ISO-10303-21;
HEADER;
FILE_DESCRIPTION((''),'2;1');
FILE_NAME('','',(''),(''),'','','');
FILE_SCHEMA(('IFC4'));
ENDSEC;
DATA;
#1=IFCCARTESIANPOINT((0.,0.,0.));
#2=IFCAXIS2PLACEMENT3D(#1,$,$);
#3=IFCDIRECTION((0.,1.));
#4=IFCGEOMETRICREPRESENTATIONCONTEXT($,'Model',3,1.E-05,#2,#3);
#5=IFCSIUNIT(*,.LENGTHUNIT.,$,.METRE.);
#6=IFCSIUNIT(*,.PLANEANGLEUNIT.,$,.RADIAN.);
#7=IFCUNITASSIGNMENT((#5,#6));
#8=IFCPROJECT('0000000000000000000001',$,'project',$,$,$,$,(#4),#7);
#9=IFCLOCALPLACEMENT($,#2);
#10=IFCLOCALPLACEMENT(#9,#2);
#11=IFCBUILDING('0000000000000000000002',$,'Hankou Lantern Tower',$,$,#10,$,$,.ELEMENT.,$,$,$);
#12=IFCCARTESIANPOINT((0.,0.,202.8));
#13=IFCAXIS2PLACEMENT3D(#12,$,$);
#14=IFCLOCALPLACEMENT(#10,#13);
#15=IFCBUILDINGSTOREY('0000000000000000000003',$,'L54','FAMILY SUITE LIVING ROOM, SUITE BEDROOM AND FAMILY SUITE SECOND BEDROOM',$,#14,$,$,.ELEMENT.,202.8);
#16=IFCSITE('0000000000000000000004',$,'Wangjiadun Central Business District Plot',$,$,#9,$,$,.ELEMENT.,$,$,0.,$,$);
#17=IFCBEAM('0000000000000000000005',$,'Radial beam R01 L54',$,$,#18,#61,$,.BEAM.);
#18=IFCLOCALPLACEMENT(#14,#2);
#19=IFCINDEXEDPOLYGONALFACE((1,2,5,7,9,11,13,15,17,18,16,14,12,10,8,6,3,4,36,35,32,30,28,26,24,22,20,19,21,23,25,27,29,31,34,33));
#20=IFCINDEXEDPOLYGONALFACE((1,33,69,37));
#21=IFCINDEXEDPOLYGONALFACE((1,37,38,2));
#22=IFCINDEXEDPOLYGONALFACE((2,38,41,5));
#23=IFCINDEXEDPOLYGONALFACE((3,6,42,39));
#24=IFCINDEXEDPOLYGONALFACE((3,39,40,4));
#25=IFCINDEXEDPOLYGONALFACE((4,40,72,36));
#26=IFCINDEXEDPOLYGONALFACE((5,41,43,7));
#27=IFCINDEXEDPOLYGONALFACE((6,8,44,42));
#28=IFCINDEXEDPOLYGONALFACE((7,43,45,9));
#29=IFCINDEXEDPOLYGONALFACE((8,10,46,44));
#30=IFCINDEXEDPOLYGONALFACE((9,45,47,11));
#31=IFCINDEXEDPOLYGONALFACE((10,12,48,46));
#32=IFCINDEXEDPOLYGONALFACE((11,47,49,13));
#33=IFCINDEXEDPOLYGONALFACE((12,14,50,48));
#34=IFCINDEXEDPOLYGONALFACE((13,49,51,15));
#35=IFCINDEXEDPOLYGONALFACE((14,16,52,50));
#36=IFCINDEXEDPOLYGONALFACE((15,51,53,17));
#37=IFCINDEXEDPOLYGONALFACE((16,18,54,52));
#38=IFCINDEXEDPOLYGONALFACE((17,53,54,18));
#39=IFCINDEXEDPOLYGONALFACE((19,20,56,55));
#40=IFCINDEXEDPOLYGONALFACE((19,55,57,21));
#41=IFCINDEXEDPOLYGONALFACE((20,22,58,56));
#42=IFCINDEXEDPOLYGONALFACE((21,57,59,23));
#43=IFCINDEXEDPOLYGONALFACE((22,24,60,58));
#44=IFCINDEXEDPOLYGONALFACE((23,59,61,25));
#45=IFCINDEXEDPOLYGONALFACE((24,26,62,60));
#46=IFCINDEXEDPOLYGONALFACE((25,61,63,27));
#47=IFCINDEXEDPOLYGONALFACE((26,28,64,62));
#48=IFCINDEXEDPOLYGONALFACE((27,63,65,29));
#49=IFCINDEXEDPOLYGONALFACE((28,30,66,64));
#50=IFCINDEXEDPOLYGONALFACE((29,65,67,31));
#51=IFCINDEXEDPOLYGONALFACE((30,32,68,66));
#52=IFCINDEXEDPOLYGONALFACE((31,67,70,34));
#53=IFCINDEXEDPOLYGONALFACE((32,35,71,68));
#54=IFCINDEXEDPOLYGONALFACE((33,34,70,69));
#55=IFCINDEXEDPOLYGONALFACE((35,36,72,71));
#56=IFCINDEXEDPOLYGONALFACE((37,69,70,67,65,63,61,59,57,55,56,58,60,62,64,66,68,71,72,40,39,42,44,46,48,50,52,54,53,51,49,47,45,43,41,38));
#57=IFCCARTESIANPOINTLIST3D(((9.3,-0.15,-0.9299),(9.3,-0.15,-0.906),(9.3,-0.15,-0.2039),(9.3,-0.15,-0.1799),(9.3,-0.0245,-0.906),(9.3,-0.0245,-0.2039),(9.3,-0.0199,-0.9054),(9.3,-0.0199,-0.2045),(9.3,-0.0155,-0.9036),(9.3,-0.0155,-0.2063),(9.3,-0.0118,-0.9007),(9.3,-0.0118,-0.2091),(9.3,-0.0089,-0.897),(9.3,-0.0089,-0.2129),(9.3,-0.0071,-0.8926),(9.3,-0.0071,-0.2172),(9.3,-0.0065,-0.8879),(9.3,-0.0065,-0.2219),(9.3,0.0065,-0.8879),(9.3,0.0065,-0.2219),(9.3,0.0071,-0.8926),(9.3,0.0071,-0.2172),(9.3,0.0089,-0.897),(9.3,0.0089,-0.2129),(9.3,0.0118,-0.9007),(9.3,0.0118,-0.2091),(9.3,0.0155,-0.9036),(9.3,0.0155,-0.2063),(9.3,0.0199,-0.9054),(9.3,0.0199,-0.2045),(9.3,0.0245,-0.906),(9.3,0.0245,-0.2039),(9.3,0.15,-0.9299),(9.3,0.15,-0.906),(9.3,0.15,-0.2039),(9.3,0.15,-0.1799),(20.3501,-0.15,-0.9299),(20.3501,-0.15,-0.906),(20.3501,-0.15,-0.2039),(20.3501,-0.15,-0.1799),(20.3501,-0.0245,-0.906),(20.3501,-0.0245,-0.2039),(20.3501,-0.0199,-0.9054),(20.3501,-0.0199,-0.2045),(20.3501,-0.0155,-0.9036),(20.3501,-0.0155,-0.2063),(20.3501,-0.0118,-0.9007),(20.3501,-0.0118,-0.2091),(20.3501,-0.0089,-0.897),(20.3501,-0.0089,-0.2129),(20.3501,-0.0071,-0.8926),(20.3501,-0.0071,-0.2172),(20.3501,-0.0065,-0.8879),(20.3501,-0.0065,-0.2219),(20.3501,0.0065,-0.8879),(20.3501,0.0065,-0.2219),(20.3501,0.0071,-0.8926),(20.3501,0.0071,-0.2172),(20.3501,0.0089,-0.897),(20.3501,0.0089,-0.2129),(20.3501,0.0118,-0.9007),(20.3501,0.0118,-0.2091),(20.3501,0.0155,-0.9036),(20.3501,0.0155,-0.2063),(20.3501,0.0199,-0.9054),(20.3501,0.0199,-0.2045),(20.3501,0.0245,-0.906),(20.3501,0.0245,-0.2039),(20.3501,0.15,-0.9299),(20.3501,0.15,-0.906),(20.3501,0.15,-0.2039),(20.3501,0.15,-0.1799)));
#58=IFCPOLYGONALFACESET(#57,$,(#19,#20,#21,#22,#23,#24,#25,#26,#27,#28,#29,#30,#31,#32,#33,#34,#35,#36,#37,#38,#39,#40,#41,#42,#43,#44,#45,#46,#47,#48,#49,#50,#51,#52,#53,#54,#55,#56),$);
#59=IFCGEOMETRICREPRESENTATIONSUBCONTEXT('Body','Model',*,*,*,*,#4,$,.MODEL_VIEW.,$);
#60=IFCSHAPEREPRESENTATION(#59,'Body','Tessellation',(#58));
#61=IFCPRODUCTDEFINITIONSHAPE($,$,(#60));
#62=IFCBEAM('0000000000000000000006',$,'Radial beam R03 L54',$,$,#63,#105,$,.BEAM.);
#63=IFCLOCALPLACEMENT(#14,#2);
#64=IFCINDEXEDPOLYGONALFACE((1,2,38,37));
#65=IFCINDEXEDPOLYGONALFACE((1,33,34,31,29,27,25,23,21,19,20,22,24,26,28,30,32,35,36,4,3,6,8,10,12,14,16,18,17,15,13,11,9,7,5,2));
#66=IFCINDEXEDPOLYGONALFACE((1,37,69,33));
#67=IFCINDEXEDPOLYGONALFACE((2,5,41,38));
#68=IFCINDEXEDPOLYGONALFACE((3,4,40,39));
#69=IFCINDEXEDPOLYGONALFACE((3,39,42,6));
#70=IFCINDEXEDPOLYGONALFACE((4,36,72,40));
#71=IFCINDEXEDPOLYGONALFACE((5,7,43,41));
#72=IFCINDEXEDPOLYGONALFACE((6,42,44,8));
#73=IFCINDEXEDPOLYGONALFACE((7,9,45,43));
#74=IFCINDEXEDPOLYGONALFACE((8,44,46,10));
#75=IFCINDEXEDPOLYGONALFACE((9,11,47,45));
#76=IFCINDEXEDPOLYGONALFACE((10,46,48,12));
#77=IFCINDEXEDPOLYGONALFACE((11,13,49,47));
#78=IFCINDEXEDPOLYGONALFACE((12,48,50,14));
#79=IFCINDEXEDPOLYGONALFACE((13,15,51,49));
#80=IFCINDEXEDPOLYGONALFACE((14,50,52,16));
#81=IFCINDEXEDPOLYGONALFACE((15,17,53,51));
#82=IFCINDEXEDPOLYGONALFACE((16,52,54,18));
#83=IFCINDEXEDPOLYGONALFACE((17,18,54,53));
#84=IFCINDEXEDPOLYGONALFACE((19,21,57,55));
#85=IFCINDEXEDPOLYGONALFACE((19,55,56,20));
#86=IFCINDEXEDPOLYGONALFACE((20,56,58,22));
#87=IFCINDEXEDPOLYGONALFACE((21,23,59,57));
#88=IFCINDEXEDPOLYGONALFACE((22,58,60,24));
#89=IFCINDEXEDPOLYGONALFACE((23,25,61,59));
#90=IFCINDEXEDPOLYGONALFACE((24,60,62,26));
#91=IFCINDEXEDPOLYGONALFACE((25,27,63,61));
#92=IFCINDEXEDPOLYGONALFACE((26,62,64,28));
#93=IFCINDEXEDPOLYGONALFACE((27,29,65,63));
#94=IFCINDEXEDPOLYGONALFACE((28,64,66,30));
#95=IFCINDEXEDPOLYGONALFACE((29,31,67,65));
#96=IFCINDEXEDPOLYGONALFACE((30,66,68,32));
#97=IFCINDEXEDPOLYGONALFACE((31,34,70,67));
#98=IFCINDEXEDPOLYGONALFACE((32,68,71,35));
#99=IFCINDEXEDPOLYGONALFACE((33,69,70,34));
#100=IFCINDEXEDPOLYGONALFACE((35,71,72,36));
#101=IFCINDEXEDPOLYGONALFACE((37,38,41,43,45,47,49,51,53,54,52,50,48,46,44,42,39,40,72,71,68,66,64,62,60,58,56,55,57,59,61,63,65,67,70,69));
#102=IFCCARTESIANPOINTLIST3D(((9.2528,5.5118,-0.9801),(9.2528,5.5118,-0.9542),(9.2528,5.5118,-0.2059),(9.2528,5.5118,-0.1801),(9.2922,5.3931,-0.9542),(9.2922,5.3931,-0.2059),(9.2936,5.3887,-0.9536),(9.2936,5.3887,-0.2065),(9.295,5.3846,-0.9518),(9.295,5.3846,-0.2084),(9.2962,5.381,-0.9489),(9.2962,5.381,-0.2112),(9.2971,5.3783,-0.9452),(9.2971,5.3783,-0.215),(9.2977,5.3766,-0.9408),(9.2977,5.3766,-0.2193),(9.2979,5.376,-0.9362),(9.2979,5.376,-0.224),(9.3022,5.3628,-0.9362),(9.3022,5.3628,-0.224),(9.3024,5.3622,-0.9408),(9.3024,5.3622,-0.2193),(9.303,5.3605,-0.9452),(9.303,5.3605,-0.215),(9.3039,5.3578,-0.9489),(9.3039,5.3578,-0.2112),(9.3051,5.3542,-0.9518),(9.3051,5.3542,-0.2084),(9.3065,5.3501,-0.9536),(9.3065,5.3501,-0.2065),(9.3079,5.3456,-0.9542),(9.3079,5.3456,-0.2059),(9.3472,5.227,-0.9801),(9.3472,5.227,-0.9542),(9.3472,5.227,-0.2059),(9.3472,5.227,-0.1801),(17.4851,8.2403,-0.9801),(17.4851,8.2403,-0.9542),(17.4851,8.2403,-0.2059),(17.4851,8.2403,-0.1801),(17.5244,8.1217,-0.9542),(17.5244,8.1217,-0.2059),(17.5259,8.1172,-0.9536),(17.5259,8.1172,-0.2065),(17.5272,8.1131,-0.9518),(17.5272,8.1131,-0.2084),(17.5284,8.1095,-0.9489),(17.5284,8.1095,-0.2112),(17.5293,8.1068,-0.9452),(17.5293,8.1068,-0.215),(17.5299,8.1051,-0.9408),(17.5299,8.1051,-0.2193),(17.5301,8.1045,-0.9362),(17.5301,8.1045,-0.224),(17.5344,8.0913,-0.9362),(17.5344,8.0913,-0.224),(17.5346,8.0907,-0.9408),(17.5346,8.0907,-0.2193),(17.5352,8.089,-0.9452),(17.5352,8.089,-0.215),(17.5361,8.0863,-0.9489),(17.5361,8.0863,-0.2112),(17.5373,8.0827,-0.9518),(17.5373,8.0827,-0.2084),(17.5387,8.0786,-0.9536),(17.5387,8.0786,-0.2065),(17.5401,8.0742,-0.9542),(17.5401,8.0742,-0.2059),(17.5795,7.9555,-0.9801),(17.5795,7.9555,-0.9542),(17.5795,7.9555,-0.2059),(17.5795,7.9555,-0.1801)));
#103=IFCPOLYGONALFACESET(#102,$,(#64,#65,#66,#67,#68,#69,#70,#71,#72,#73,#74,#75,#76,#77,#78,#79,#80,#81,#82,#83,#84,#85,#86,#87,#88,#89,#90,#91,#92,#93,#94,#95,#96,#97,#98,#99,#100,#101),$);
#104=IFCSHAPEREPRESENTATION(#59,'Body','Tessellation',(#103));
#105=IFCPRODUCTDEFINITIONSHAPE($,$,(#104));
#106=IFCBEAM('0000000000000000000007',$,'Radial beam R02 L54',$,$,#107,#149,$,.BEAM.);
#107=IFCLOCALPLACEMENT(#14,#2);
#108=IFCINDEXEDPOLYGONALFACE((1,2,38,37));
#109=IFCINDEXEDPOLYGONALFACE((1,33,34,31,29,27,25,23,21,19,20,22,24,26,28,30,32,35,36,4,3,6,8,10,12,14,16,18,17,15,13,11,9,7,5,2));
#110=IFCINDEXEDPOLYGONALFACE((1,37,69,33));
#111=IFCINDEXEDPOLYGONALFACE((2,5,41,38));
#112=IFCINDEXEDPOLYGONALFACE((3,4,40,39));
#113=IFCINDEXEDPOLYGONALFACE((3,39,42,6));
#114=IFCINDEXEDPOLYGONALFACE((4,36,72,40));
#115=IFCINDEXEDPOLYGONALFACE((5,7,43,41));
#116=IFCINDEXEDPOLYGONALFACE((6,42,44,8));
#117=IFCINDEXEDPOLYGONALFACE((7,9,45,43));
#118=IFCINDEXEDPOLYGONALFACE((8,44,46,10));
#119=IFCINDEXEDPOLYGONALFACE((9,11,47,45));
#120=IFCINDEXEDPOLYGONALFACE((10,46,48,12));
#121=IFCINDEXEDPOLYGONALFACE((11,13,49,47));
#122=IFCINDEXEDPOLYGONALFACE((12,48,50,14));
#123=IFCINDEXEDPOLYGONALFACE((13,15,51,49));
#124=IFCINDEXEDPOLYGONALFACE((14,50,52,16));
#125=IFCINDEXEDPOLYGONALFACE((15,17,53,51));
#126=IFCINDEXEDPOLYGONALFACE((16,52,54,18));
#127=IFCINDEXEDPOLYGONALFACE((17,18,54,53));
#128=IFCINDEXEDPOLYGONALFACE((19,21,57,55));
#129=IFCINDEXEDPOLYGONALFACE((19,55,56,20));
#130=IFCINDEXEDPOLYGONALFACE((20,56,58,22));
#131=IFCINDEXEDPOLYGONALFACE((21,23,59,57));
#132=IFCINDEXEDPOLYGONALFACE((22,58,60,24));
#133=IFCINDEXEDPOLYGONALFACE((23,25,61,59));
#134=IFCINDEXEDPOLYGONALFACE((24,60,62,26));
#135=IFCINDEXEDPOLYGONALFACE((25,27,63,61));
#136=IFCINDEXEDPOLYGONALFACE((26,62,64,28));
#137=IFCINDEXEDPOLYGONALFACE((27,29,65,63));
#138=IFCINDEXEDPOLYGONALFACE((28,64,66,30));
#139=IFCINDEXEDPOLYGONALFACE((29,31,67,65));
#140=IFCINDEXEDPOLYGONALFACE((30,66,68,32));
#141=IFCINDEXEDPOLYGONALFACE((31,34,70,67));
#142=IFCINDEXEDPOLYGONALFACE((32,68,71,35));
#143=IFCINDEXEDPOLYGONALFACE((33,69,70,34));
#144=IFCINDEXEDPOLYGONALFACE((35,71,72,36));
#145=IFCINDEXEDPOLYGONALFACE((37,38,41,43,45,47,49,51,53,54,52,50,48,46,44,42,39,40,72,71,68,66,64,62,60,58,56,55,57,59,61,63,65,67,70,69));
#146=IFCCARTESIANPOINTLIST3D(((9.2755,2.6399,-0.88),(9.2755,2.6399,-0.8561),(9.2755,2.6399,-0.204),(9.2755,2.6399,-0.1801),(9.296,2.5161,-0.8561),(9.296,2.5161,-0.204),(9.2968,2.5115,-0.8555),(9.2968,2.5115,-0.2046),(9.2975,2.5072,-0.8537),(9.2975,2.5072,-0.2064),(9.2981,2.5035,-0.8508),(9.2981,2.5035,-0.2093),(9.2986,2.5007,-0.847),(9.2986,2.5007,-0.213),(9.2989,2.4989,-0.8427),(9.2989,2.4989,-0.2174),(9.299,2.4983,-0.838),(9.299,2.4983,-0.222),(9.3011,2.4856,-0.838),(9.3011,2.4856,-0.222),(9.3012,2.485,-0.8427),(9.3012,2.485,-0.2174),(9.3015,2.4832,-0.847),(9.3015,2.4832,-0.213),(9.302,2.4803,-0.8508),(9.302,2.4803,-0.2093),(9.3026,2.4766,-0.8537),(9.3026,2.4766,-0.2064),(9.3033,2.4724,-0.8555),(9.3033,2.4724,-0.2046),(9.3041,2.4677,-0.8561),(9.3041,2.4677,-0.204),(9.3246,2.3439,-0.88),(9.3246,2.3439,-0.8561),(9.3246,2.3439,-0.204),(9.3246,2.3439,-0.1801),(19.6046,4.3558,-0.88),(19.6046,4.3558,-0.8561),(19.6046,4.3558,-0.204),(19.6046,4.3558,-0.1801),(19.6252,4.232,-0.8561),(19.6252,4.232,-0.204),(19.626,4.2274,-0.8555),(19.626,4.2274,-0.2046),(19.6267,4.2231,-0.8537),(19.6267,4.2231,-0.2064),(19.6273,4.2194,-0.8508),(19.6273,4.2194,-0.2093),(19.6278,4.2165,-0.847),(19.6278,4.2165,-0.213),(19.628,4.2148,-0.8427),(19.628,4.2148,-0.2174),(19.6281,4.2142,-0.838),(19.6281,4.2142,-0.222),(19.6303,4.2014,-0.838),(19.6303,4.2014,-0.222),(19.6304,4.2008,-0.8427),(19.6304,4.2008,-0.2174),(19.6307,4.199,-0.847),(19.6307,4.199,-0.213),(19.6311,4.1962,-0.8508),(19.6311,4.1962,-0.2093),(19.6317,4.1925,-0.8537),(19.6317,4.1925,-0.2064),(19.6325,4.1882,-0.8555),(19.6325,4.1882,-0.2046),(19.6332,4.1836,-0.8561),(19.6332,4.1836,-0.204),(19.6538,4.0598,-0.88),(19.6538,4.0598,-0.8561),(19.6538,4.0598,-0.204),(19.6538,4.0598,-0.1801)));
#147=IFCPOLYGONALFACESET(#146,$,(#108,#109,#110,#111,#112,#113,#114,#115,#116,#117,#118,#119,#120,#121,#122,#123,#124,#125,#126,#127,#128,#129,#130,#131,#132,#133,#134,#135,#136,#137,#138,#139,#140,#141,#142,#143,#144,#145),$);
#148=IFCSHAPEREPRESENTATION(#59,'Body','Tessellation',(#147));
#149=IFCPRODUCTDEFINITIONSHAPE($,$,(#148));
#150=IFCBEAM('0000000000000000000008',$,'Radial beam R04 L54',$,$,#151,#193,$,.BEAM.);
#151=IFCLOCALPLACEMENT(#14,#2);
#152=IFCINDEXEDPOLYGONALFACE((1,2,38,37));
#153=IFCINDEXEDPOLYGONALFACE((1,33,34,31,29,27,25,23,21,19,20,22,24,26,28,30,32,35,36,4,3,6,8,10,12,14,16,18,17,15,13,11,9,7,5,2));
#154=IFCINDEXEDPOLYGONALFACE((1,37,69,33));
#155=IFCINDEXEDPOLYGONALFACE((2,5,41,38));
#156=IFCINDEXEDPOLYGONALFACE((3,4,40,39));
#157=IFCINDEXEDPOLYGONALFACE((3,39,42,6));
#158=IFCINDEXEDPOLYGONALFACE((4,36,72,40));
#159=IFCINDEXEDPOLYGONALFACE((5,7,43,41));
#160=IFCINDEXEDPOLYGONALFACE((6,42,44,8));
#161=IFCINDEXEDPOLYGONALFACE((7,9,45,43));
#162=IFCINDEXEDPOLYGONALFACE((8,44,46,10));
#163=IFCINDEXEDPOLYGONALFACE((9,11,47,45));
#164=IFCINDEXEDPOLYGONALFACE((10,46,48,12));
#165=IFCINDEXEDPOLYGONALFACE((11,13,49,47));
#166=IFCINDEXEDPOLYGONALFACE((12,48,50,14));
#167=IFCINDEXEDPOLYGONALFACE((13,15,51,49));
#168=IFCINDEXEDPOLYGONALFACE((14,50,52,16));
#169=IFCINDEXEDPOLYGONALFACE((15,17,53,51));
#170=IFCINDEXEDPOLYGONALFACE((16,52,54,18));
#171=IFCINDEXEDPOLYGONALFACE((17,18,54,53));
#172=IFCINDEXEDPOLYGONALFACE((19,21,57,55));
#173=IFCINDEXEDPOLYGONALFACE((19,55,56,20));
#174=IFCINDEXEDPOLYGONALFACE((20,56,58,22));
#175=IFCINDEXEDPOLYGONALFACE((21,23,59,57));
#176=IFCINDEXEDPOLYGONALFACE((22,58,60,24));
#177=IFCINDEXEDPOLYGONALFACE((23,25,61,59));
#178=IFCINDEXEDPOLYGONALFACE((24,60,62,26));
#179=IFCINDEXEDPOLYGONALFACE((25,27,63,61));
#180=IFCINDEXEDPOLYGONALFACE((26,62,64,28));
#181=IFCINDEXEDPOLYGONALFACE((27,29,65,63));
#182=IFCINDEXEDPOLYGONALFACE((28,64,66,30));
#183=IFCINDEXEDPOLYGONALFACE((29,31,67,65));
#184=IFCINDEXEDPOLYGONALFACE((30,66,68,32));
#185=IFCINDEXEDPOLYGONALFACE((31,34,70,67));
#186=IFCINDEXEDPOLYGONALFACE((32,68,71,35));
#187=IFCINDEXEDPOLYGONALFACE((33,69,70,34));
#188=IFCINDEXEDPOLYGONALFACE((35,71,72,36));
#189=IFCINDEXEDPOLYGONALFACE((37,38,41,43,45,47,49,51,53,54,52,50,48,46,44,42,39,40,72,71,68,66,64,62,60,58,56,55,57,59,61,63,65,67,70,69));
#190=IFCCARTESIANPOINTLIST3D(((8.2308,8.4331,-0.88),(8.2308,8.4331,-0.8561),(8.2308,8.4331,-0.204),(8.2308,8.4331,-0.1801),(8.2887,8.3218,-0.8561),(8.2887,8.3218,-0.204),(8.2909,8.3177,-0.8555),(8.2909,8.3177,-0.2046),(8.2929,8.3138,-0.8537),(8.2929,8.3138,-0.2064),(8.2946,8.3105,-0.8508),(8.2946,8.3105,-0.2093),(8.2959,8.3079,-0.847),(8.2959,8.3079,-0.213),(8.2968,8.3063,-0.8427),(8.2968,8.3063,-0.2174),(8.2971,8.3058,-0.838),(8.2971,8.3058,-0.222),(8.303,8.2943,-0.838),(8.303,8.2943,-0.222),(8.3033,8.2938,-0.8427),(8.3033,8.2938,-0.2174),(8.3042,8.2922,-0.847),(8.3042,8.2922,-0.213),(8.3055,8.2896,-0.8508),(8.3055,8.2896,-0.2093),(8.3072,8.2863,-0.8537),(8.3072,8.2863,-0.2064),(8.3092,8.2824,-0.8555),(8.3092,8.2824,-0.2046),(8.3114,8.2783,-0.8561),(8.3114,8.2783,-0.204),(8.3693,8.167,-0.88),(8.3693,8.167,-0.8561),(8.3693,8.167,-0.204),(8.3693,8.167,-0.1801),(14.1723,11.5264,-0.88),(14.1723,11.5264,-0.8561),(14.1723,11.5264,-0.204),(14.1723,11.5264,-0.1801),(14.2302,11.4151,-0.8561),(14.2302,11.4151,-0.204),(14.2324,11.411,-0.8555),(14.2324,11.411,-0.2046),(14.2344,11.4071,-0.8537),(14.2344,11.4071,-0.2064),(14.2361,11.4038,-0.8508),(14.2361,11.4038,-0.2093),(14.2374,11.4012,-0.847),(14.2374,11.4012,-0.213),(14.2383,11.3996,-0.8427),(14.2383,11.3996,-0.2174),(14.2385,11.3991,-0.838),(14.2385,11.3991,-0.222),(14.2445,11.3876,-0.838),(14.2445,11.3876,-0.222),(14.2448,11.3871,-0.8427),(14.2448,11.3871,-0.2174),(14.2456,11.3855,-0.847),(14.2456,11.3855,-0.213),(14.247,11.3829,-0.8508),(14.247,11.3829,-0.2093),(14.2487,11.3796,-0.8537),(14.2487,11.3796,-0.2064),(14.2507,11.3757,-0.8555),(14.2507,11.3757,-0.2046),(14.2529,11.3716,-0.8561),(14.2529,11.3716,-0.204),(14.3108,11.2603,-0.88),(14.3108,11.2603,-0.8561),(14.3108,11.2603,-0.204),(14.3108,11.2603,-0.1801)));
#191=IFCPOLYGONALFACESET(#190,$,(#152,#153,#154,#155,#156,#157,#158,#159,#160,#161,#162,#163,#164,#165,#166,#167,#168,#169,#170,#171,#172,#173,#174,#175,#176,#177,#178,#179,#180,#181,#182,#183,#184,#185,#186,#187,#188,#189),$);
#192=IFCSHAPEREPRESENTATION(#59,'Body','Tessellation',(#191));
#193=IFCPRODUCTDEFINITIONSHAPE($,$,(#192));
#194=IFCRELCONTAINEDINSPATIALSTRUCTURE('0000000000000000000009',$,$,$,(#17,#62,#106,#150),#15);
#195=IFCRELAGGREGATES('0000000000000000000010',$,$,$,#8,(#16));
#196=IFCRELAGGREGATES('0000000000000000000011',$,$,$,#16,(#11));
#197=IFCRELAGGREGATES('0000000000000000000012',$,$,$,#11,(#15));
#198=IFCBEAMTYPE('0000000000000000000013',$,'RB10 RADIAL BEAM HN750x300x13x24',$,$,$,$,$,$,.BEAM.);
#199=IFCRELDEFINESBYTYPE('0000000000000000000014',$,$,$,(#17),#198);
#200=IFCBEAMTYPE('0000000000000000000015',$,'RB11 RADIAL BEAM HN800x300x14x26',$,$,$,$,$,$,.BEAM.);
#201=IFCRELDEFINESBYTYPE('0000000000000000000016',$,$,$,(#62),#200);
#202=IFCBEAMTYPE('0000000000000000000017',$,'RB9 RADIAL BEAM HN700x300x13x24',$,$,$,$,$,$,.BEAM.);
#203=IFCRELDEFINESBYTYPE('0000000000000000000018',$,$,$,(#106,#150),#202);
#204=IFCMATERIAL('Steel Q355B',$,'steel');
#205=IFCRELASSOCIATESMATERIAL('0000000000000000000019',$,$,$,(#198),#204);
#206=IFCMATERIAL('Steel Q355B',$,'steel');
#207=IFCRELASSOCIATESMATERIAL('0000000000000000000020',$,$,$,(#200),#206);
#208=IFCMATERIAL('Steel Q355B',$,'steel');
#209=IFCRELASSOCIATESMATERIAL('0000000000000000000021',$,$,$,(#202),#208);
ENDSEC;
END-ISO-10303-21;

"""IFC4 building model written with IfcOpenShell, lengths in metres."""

from ifc_helpers import new_model, si_unit, direction, frame, origin, origin_2d, place, context, subcontext, project, spatial, i_section, extrude, material, material_profile, profile_set, type_object, element, save


model = new_model("IFC4")

# Units and contexts
model_context = context("Model", 3, precision=1e-05, world=origin(), true_north=direction((0.0, 1.0)))
body_context = subcontext(model_context, "Body", "Model", "MODEL_VIEW")
ifc_project = project(units=[si_unit("LENGTHUNIT", "METRE"), si_unit("PLANEANGLEUNIT", "RADIAN")], contexts=[model_context])

# Site, building, storey
site_placement = place(None, origin())
site = spatial("IfcSite", under=ifc_project, at=site_placement, Name="Wangjiadun Central Business District Plot", CompositionType="ELEMENT", RefElevation=0.0)
building_placement = place(site_placement, origin())
building = spatial("IfcBuilding", under=site, at=building_placement, Name="Hankou Lantern Tower", CompositionType="ELEMENT")
storey_placement = place(building_placement, frame((0.0, 0.0, 202.8)))
storey = spatial("IfcBuildingStorey", under=building, at=storey_placement, Name="L54", Description="FAMILY SUITE LIVING ROOM, SUITE BEDROOM AND FAMILY SUITE SECOND BEDROOM", CompositionType="ELEMENT", Elevation=202.8)

# Beams
ifc_material_1 = material(Name="Steel Q355B", Category="steel")
ifc_material_profile_1 = material_profile(ifc_material_1, i_section(OverallWidth=0.3, OverallDepth=0.75, WebThickness=0.0129, FlangeThickness=0.0239, FilletRadius=0.0181, at=origin_2d()), Name="HN750x300x13x24")
ifc_profile_set_1 = profile_set([ifc_material_profile_1], Name="Steel Q355B")
beam_type_1 = type_object("IfcBeamType", Name="RB10 RADIAL BEAM HN750x300x13x24", PredefinedType="BEAM", material=ifc_profile_set_1)
beam_1_placement = place(storey_placement, frame((9.3, 0.0, -0.5549), z_axis=(1.0, 0.0, 0.0), x_axis=(0.0, 1.0, 0.0)))
element("IfcBeam", 1, at=beam_1_placement, inside=storey, type_object=beam_type_1, Name="Radial beam R01 L54", PredefinedType="BEAM", context=body_context, shape_type="SweptSolid", body=[
    extrude(i_section(OverallWidth=0.3, OverallDepth=0.75, WebThickness=0.0129, FlangeThickness=0.0239, FilletRadius=0.0181, at=origin_2d()), origin(), (0.0, 0.0, 1.0), 11.05),
])
ifc_material_2 = material(Name="Steel Q355B", Category="steel")
ifc_material_profile_2 = material_profile(ifc_material_2, i_section(OverallWidth=0.3, OverallDepth=0.8, WebThickness=0.0139, FlangeThickness=0.0259, FilletRadius=0.0181, at=origin_2d()), Name="HN800x300x14x26")
ifc_profile_set_2 = profile_set([ifc_material_profile_2], Name="Steel Q355B")
beam_type_2 = type_object("IfcBeamType", Name="RB11 RADIAL BEAM HN800x300x14x26", PredefinedType="BEAM", material=ifc_profile_set_2)
beam_2_placement = place(storey_placement, frame((9.3, 5.3694, -0.5801), z_axis=(0.94922, 0.314614, 0.0), x_axis=(-0.314614, 0.94922, 0.0)))
element("IfcBeam", 2, at=beam_2_placement, inside=storey, type_object=beam_type_2, Name="Radial beam R03 L54", PredefinedType="BEAM", context=body_context, shape_type="SweptSolid", body=[
    extrude(i_section(OverallWidth=0.3, OverallDepth=0.8, WebThickness=0.0139, FlangeThickness=0.0259, FilletRadius=0.0181, at=origin_2d()), origin(), (0.0, 0.0, 1.0), 8.6726),
])
ifc_material_3 = material(Name="Steel Q355B", Category="steel")
ifc_material_profile_3 = material_profile(ifc_material_3, i_section(OverallWidth=0.3, OverallDepth=0.7, WebThickness=0.0129, FlangeThickness=0.0239, FilletRadius=0.0181, at=origin_2d()), Name="HN700x300x13x24")
ifc_profile_set_3 = profile_set([ifc_material_profile_3], Name="Steel Q355B")
beam_type_3 = type_object("IfcBeamType", Name="RB9 RADIAL BEAM HN700x300x13x24", PredefinedType="BEAM", material=ifc_profile_set_3)
beam_3_placement = place(storey_placement, frame((9.3, 2.4919, -0.53), z_axis=(0.986482, 0.16387, 0.0), x_axis=(-0.16387, 0.986482, 0.0)))
element("IfcBeam", 3, at=beam_3_placement, inside=storey, type_object=beam_type_3, Name="Radial beam R02 L54", PredefinedType="BEAM", context=body_context, shape_type="SweptSolid", body=[
    extrude(i_section(OverallWidth=0.3, OverallDepth=0.7, WebThickness=0.0129, FlangeThickness=0.0239, FilletRadius=0.0181, at=origin_2d()), origin(), (0.0, 0.0, 1.0), 10.4707),
])
beam_4_placement = place(storey_placement, frame((8.3, 8.3, -0.53), z_axis=(0.886989, 0.461791, 0.0), x_axis=(-0.461791, 0.886989, 0.0)))
element("IfcBeam", 4, at=beam_4_placement, inside=storey, type_object=beam_type_3, Name="Radial beam R04 L54", PredefinedType="BEAM", context=body_context, shape_type="SweptSolid", body=[
    extrude(i_section(OverallWidth=0.3, OverallDepth=0.7, WebThickness=0.0129, FlangeThickness=0.0239, FilletRadius=0.0181, at=origin_2d()), origin(), (0.0, 0.0, 1.0), 6.6985),
])

save(model, "model.ifc")
